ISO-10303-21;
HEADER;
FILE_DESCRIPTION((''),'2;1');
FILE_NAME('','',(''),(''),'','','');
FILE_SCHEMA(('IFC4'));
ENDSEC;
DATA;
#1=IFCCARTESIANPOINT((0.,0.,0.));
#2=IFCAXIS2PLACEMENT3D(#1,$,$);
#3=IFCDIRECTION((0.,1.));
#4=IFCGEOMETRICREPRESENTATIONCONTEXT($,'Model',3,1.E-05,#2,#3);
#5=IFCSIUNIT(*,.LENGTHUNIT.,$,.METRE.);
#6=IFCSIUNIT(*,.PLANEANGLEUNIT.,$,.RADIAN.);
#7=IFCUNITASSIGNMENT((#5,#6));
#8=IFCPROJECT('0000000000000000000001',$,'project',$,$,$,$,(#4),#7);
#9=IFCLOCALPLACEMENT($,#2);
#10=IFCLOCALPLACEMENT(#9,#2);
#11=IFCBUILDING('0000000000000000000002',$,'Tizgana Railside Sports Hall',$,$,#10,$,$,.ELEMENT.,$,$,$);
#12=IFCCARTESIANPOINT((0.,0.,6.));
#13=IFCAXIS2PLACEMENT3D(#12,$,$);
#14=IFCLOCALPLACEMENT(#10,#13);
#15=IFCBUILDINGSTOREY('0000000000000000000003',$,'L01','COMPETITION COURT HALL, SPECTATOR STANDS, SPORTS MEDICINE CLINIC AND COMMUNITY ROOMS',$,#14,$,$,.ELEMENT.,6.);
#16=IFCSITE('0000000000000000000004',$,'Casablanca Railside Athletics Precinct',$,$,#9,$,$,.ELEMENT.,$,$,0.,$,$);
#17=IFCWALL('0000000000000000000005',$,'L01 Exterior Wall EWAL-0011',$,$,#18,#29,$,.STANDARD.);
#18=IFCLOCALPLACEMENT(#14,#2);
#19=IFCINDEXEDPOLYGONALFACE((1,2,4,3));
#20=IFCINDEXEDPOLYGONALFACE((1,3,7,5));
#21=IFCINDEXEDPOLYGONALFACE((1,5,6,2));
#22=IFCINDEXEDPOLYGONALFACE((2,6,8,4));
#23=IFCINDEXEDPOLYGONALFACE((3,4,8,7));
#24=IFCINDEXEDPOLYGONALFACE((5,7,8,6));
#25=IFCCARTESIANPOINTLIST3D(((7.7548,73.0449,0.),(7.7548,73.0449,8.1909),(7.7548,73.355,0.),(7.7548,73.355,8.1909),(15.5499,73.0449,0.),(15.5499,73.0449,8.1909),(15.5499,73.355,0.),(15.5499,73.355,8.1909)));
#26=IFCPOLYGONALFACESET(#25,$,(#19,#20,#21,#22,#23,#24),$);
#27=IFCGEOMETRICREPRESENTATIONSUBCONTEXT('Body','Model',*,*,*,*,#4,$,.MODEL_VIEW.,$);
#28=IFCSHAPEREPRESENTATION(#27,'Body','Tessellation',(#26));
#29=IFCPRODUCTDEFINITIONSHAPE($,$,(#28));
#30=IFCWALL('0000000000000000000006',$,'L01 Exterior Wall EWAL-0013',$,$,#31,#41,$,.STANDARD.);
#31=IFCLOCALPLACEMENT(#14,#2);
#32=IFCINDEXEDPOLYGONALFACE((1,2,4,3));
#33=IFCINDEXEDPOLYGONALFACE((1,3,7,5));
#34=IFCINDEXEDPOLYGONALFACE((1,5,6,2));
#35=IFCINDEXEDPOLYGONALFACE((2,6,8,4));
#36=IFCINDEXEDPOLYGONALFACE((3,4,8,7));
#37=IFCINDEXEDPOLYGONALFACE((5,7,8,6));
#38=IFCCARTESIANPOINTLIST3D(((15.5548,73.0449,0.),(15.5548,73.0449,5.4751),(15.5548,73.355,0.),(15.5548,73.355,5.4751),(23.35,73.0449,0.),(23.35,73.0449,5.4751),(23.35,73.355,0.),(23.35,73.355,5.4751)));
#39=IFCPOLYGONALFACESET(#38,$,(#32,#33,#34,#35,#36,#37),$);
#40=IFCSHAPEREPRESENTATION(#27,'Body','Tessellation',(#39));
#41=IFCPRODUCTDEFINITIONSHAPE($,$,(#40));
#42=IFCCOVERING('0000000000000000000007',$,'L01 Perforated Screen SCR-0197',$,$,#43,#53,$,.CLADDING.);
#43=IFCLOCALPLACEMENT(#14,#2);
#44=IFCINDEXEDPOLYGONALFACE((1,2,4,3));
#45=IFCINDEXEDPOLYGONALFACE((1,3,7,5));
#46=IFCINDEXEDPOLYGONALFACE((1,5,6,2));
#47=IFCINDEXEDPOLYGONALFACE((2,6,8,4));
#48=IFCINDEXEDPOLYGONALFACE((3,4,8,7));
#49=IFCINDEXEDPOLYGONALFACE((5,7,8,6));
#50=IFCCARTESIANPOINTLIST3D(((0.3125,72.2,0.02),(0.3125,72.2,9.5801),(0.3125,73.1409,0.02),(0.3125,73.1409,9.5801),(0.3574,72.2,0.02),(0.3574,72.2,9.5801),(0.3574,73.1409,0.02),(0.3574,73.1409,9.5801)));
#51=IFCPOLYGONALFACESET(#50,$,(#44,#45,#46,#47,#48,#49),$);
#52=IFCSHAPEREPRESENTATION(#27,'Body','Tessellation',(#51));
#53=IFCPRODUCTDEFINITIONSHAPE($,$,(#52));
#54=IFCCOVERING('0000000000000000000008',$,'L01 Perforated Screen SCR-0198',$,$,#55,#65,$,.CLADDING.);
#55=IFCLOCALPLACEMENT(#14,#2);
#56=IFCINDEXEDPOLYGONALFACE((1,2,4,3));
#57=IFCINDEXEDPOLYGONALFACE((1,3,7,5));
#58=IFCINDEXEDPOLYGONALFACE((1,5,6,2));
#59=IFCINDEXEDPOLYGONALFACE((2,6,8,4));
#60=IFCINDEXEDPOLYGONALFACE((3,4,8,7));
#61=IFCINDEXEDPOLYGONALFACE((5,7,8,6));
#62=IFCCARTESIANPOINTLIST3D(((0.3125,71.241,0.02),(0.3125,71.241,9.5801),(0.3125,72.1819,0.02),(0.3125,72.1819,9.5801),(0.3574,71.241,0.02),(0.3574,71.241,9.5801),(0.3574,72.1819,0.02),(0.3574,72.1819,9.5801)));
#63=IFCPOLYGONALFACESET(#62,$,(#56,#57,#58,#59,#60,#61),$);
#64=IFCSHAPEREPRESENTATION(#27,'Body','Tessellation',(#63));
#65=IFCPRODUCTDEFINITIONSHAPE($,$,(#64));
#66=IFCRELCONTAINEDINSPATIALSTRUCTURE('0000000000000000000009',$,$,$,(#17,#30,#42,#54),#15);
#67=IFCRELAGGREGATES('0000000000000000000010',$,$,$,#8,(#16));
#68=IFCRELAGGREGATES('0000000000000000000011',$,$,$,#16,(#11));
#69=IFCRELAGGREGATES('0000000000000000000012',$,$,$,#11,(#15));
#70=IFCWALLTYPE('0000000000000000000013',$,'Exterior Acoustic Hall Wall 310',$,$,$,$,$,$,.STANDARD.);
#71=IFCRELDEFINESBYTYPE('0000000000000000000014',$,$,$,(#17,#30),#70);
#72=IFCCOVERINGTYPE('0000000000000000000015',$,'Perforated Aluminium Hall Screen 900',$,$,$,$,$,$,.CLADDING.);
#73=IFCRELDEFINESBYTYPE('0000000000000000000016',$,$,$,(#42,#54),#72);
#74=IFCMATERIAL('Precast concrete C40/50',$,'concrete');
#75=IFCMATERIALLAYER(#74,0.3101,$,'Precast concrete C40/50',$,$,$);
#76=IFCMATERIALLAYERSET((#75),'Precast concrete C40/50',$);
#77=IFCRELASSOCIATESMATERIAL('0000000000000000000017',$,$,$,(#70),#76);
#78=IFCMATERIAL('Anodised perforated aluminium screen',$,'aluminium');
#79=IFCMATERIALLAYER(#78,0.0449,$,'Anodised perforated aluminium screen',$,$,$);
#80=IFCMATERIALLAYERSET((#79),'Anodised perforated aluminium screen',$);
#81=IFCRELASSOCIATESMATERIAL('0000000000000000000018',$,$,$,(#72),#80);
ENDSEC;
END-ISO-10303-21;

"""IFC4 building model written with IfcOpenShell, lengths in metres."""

from ifc_helpers import new_model, si_unit, direction, frame, frame_2d, origin, origin_2d, place, context, subcontext, project, spatial, rectangle, extrude, material, layer, layer_set, type_object, element, save


model = new_model("IFC4")

# Units and contexts
model_context = context("Model", 3, precision=1e-05, world=origin(), true_north=direction((0.0, 1.0)))
body_context = subcontext(model_context, "Body", "Model", "MODEL_VIEW")
ifc_project = project(units=[si_unit("LENGTHUNIT", "METRE"), si_unit("PLANEANGLEUNIT", "RADIAN")], contexts=[model_context])

# Site, building, storey
site_placement = place(None, origin())
site = spatial("IfcSite", under=ifc_project, at=site_placement, Name="Casablanca Railside Athletics Precinct", CompositionType="ELEMENT", RefElevation=0.0)
building_placement = place(site_placement, origin())
building = spatial("IfcBuilding", under=site, at=building_placement, Name="Tizgana Railside Sports Hall", CompositionType="ELEMENT")
storey_placement = place(building_placement, frame((0.0, 0.0, 6.0)))
storey = spatial("IfcBuildingStorey", under=building, at=storey_placement, Name="L01", Description="COMPETITION COURT HALL, SPECTATOR STANDS, SPORTS MEDICINE CLINIC AND COMMUNITY ROOMS", CompositionType="ELEMENT", Elevation=6.0)

# Walls
ifc_material_1 = material(Name="Precast concrete C40/50", Category="concrete")
ifc_layer_1 = layer(ifc_material_1, 0.3101, Name="Precast concrete C40/50")
ifc_layer_set_1 = layer_set([ifc_layer_1], Name="Precast concrete C40/50")
wall_type = type_object("IfcWallType", Name="Exterior Acoustic Hall Wall 310", PredefinedType="STANDARD", material=ifc_layer_set_1)
wall_1_placement = place(storey_placement, frame((7.7549, 73.2, 0.0), z_axis=(0.0, 0.0, 1.0), x_axis=(1.0, 0.0, 0.0)))
element("IfcWall", 1, at=wall_1_placement, inside=storey, type_object=wall_type, Name="L01 Exterior Wall EWAL-0011", PredefinedType="STANDARD", context=body_context, shape_type="SweptSolid", body=[
    extrude(rectangle(XDim=7.7952, YDim=0.3101, at=frame_2d((3.8975, 0.0))), origin(), (0.0, 0.0, 1.0), 8.1909),
])
wall_2_placement = place(storey_placement, frame((15.5549, 73.2, 0.0), z_axis=(0.0, 0.0, 1.0), x_axis=(1.0, 0.0, 0.0)))
element("IfcWall", 2, at=wall_2_placement, inside=storey, type_object=wall_type, Name="L01 Exterior Wall EWAL-0013", PredefinedType="STANDARD", context=body_context, shape_type="SweptSolid", body=[
    extrude(rectangle(XDim=7.7952, YDim=0.3101, at=frame_2d((3.8975, 0.0))), origin(), (0.0, 0.0, 1.0), 5.4751),
])

# Coverings
ifc_material_2 = material(Name="Anodised perforated aluminium screen", Category="aluminium")
ifc_layer_2 = layer(ifc_material_2, 0.0449, Name="Anodised perforated aluminium screen")
ifc_layer_set_2 = layer_set([ifc_layer_2], Name="Anodised perforated aluminium screen")
covering_type = type_object("IfcCoveringType", Name="Perforated Aluminium Hall Screen 900", PredefinedType="CLADDING", material=ifc_layer_set_2)
for number, where, z_axis, x_axis, name in (
    (3, (0.335, 72.6704, 0.02), (0.0, 0.0, 1.0), (0.0, -1.0, 0.0), "L01 Perforated Screen SCR-0197"),
    (4, (0.335, 71.7114, 0.02), (0.0, 0.0, 1.0), (0.0, -1.0, 0.0), "L01 Perforated Screen SCR-0198"),
):
    element("IfcCovering", number, at=place(storey_placement, frame(where, z_axis=z_axis, x_axis=x_axis)), inside=storey, type_object=covering_type, Name=name, PredefinedType="CLADDING", context=body_context, shape_type="SweptSolid", body=[
        extrude(rectangle(XDim=0.9409, YDim=0.0449, at=origin_2d()), origin(), (0.0, 0.0, 1.0), 9.5601),
    ])

save(model, "model.ifc")
